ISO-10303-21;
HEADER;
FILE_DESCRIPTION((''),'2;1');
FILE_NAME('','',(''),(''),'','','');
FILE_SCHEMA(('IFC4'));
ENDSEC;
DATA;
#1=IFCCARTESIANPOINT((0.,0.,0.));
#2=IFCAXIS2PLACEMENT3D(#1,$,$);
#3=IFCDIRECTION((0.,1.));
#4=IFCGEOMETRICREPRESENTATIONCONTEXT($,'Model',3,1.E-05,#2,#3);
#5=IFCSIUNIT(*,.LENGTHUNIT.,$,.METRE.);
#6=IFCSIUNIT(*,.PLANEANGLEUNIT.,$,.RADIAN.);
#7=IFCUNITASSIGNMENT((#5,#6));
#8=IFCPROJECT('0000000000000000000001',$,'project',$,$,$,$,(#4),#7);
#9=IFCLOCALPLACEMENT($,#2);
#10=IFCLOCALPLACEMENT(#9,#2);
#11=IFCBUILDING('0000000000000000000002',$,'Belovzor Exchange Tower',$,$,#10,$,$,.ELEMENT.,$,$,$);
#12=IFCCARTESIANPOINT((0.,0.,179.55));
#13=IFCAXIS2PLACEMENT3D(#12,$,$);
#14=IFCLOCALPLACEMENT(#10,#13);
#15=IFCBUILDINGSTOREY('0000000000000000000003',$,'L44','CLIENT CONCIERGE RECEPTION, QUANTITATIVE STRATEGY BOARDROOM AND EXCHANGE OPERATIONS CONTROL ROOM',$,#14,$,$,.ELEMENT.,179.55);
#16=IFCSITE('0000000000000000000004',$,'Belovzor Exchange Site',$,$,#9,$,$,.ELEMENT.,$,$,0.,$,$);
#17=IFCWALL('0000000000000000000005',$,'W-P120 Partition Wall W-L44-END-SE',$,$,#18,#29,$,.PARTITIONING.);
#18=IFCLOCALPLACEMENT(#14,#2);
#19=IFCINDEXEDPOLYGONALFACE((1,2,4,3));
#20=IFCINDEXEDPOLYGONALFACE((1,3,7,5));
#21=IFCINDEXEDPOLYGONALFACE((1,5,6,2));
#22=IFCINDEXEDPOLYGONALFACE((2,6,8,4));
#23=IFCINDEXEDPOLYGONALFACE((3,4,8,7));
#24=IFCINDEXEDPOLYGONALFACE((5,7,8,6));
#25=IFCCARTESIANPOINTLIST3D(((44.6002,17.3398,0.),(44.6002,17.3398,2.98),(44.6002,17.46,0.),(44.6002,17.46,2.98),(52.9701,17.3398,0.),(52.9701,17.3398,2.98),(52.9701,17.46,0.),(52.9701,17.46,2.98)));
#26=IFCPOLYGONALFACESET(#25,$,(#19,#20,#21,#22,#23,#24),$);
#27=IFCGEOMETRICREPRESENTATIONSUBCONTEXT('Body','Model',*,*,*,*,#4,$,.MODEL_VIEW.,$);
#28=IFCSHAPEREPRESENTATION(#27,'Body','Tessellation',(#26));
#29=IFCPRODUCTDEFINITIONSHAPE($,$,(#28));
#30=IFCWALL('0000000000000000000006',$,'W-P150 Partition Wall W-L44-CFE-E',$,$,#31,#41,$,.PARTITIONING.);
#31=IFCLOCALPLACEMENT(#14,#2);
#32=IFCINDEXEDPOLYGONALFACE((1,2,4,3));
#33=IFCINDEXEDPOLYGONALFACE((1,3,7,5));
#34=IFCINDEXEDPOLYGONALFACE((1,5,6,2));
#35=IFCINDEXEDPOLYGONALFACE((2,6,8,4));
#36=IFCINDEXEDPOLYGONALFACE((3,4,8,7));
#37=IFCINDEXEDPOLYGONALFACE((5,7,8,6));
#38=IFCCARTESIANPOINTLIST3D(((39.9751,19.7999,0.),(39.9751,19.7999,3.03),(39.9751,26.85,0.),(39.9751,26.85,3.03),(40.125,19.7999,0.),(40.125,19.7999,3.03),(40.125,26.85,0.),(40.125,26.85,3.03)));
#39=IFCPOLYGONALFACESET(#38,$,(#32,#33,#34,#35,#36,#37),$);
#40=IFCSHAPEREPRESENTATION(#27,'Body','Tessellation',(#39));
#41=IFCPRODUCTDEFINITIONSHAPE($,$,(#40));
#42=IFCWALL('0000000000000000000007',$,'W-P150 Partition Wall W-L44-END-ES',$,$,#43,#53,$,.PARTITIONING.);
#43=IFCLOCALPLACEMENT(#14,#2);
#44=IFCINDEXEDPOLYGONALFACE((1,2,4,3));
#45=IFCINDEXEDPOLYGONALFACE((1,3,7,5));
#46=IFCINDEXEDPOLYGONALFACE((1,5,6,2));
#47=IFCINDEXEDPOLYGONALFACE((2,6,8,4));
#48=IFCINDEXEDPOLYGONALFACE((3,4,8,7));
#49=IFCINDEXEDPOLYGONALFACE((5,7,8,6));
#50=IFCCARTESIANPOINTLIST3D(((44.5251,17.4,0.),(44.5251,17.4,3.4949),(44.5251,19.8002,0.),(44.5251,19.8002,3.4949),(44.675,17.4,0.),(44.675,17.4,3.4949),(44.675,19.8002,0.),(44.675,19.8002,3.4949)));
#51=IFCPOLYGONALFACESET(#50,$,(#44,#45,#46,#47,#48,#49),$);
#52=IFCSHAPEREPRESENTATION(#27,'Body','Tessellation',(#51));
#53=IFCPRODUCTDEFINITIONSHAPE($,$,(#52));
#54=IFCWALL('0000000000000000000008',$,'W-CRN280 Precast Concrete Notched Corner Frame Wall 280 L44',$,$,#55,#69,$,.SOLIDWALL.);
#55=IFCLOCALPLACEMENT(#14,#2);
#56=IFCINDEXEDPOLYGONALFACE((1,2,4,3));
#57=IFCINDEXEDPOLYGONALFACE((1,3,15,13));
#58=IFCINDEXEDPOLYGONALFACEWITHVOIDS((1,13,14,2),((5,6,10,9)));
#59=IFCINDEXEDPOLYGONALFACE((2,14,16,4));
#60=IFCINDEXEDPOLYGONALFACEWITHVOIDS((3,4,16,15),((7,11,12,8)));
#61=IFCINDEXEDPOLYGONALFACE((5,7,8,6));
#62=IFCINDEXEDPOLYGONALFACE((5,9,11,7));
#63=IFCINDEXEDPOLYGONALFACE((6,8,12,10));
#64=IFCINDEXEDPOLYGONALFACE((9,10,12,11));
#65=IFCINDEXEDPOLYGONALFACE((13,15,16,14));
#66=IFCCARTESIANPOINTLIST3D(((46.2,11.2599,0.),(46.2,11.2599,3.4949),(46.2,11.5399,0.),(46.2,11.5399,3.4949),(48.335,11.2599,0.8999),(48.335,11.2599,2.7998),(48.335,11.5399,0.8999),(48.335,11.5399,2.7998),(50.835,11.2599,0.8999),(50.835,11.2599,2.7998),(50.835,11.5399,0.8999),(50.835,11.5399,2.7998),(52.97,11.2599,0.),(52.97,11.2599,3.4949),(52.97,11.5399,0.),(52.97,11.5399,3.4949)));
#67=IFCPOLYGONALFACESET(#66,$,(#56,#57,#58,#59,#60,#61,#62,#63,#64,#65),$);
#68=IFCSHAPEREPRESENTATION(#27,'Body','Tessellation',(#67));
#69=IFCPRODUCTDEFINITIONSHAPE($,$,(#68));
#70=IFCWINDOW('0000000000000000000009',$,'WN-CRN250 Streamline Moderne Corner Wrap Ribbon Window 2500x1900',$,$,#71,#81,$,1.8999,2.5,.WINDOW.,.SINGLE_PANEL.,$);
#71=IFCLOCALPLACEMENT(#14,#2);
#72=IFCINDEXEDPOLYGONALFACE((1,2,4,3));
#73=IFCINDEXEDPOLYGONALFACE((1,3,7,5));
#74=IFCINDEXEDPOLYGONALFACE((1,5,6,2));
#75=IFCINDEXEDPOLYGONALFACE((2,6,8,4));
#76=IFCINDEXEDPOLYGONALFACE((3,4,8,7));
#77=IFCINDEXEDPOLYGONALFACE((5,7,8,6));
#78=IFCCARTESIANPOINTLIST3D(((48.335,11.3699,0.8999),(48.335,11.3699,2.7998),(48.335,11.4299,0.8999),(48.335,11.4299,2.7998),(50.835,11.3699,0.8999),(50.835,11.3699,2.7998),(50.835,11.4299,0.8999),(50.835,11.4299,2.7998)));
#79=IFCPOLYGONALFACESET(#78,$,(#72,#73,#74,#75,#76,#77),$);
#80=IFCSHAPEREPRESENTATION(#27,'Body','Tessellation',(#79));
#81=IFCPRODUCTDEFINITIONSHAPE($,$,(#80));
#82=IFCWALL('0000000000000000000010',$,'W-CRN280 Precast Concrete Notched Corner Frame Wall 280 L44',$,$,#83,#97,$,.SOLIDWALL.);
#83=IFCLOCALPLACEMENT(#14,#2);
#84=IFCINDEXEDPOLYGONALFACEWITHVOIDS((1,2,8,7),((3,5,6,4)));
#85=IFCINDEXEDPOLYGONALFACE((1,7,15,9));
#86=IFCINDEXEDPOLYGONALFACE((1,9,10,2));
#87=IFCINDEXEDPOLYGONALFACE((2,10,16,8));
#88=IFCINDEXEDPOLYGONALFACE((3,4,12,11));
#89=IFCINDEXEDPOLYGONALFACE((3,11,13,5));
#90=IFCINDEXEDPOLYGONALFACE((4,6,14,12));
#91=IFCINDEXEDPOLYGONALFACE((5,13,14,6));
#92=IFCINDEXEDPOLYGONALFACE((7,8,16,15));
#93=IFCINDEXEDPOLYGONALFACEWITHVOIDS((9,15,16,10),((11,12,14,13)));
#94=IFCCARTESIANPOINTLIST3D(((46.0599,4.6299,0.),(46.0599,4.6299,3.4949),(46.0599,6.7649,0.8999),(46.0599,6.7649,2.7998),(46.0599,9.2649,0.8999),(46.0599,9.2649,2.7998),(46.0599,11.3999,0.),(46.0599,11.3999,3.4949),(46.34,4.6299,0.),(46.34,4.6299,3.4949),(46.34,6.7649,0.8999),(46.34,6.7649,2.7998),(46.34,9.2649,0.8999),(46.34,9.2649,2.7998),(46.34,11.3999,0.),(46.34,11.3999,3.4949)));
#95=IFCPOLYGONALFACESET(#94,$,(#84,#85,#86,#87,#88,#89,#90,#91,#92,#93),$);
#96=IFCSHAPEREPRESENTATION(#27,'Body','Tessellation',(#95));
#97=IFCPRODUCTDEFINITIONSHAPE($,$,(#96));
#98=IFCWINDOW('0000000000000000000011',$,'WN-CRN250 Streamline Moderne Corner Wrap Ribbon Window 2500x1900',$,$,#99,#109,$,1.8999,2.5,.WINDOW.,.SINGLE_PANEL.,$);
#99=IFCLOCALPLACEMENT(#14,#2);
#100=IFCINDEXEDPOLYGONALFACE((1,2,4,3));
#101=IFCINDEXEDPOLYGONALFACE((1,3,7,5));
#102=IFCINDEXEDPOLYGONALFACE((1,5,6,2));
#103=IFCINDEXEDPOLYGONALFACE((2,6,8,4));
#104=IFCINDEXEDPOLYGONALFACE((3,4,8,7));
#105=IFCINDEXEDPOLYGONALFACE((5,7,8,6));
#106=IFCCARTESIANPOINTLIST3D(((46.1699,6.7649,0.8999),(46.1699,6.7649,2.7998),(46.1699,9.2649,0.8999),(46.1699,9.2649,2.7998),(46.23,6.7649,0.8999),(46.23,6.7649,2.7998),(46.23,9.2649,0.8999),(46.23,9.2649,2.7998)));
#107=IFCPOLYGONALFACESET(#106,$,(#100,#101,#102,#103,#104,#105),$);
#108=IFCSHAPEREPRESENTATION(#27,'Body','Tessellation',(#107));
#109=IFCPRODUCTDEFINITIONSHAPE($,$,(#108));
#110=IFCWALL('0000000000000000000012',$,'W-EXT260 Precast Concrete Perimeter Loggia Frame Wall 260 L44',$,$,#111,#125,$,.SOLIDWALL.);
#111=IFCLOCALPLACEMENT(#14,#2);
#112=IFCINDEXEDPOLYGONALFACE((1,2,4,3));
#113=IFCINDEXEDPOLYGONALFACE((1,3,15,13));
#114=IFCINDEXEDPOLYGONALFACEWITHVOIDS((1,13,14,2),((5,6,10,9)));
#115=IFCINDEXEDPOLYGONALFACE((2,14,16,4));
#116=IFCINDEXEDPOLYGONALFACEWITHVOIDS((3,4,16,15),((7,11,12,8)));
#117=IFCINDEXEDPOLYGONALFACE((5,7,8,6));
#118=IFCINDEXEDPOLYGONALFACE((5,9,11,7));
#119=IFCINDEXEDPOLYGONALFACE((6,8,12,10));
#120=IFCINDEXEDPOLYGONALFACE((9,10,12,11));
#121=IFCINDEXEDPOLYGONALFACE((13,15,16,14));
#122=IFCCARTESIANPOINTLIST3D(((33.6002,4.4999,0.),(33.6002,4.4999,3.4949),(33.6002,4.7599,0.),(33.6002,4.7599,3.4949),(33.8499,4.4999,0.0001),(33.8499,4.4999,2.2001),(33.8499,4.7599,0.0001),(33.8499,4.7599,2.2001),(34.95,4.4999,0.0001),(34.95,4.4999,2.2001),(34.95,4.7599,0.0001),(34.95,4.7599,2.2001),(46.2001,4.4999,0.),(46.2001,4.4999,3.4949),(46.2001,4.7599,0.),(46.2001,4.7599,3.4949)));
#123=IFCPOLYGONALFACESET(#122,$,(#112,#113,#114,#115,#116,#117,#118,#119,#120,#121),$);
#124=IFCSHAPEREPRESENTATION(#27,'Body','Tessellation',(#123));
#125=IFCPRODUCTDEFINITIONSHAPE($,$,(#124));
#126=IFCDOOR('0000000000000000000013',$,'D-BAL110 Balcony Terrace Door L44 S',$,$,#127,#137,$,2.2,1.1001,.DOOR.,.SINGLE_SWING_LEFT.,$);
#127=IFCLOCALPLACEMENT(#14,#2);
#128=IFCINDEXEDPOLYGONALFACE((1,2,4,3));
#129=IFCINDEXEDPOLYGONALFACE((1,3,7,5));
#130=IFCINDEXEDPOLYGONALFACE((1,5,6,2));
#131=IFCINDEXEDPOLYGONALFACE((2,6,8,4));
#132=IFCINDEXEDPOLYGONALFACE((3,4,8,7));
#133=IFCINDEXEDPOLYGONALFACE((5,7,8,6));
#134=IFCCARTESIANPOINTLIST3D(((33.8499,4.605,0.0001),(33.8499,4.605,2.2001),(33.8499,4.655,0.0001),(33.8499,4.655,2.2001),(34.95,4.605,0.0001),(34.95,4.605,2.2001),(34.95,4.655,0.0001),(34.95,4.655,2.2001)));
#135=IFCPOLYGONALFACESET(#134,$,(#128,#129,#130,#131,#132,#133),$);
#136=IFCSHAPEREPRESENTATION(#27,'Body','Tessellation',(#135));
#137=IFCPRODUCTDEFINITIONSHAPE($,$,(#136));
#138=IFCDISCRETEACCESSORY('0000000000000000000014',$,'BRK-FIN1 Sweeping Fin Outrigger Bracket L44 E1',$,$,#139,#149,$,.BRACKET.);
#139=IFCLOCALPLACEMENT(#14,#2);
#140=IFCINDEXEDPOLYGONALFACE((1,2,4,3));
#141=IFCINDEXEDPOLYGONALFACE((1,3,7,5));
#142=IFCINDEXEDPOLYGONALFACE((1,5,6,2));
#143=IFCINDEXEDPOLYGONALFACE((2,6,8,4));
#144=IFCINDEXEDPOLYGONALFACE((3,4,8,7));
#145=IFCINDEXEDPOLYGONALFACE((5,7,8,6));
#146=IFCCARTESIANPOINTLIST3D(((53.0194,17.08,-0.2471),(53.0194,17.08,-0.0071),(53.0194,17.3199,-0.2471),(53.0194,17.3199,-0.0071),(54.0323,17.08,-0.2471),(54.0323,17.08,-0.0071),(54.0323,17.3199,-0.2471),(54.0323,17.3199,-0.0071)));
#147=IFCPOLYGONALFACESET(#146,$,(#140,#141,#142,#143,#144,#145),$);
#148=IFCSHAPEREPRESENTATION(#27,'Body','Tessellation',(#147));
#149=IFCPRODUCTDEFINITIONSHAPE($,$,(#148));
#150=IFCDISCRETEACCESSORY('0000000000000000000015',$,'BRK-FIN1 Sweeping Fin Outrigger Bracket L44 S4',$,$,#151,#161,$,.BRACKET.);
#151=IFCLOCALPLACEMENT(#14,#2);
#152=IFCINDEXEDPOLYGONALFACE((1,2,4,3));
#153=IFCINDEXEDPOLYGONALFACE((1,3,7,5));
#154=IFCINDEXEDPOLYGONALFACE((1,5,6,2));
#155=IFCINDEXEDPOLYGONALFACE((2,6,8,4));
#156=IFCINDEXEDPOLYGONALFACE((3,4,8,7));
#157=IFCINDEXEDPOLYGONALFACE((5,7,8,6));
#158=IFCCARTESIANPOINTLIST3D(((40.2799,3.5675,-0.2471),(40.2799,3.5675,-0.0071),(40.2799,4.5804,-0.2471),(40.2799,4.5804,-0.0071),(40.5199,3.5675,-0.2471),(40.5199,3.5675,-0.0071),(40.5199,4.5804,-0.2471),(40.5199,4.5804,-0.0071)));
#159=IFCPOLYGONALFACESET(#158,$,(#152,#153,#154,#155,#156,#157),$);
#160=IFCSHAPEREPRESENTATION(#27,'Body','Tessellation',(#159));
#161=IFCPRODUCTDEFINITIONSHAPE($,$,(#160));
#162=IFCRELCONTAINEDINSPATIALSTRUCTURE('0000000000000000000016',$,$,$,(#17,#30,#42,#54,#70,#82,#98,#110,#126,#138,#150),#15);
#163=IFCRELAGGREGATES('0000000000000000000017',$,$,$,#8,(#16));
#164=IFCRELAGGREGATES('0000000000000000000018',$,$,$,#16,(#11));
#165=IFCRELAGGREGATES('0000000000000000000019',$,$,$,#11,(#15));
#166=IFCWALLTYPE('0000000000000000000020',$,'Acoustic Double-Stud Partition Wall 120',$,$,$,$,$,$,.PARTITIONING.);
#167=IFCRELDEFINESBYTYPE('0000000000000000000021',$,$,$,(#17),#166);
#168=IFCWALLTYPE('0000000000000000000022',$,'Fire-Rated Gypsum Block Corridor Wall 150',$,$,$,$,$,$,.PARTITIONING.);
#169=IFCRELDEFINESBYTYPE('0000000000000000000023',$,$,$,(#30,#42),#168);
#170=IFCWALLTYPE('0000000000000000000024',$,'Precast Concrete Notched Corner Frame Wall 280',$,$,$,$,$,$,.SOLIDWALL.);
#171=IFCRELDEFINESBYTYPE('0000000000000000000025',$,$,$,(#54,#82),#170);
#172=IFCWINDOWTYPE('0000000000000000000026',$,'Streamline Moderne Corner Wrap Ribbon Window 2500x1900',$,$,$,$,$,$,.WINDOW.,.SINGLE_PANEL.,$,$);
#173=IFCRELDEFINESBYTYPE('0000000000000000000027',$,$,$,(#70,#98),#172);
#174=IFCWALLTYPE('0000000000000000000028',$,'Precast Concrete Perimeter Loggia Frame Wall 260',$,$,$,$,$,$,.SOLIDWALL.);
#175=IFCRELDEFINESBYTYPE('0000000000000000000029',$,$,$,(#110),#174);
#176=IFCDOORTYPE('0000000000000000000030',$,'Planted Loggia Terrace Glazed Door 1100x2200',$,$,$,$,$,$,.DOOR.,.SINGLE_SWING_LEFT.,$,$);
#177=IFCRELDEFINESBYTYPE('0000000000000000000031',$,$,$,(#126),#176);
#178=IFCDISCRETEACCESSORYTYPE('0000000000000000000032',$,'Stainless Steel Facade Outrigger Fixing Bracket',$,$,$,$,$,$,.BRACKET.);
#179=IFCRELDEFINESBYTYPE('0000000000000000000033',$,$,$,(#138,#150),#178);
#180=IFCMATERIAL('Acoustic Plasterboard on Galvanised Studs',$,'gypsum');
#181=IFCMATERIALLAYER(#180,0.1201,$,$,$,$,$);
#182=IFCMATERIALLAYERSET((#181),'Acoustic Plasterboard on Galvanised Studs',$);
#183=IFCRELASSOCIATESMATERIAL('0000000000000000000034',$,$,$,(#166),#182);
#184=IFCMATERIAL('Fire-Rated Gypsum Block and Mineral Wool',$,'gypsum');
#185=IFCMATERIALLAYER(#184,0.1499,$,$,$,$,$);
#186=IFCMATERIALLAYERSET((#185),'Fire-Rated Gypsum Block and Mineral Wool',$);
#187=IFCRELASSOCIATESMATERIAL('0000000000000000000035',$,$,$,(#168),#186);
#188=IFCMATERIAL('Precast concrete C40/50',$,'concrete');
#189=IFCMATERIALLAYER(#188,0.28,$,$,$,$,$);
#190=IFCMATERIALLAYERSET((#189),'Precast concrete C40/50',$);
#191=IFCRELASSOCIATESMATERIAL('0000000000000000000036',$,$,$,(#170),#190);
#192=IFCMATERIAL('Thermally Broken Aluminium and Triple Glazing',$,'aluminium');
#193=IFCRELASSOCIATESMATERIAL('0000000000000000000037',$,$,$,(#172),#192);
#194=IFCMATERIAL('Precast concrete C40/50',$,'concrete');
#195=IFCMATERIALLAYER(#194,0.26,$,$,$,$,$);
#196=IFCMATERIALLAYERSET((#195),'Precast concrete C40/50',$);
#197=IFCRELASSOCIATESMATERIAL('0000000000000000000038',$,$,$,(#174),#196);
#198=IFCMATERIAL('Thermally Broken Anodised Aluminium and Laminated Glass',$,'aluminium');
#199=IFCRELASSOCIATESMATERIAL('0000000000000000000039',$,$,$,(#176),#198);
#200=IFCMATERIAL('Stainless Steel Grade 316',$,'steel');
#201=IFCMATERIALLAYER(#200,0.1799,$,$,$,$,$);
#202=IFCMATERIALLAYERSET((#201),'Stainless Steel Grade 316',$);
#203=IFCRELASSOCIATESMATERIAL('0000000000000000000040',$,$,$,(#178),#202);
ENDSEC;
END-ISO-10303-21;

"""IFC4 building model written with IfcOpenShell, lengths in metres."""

from ifc_helpers import new_model, si_unit, direction, frame, frame_2d, origin, origin_2d, place, context, subcontext, project, spatial, rectangle, extrude, material, layer, layer_set, type_object, element, fill, save


model = new_model("IFC4")

# Units and contexts
model_context = context("Model", 3, precision=1e-05, world=origin(), true_north=direction((0.0, 1.0)))
body_context = subcontext(model_context, "Body", "Model", "MODEL_VIEW")
ifc_project = project(units=[si_unit("LENGTHUNIT", "METRE"), si_unit("PLANEANGLEUNIT", "RADIAN")], contexts=[model_context])

# Site, building, storey
site_placement = place(None, origin())
site = spatial("IfcSite", under=ifc_project, at=site_placement, Name="Belovzor Exchange Site", CompositionType="ELEMENT", RefElevation=0.0)
building_placement = place(site_placement, origin())
building = spatial("IfcBuilding", under=site, at=building_placement, Name="Belovzor Exchange Tower", CompositionType="ELEMENT")
storey_placement = place(building_placement, frame((0.0, 0.0, 179.55)))
storey = spatial("IfcBuildingStorey", under=building, at=storey_placement, Name="L44", Description="CLIENT CONCIERGE RECEPTION, QUANTITATIVE STRATEGY BOARDROOM AND EXCHANGE OPERATIONS CONTROL ROOM", CompositionType="ELEMENT", Elevation=179.55)

# Walls
ifc_material_1 = material(Name="Acoustic Plasterboard on Galvanised Studs", Category="gypsum")
ifc_layer_1 = layer(ifc_material_1, 0.1201)
ifc_layer_set_1 = layer_set([ifc_layer_1], Name="Acoustic Plasterboard on Galvanised Studs")
wall_type_1 = type_object("IfcWallType", Name="Acoustic Double-Stud Partition Wall 120", PredefinedType="PARTITIONING", material=ifc_layer_set_1)
wall_1_placement = place(storey_placement, frame((44.6001, 17.3999, 0.0), z_axis=(0.0, 0.0, 1.0), x_axis=(1.0, 0.0, 0.0)))
element("IfcWall", 1, at=wall_1_placement, inside=storey, type_object=wall_type_1, Name="W-P120 Partition Wall W-L44-END-SE", PredefinedType="PARTITIONING", context=body_context, shape_type="SweptSolid", body=[
    extrude(rectangle(XDim=8.3699, YDim=0.1201, at=frame_2d((4.1851, 0.0))), origin(), (0.0, 0.0, 1.0), 2.98),
])
ifc_material_2 = material(Name="Fire-Rated Gypsum Block and Mineral Wool", Category="gypsum")
ifc_layer_2 = layer(ifc_material_2, 0.1499)
ifc_layer_set_2 = layer_set([ifc_layer_2], Name="Fire-Rated Gypsum Block and Mineral Wool")
wall_type_2 = type_object("IfcWallType", Name="Fire-Rated Gypsum Block Corridor Wall 150", PredefinedType="PARTITIONING", material=ifc_layer_set_2)
wall_2_placement = place(storey_placement, frame((40.05, 19.8, 0.0), z_axis=(0.0, 0.0, 1.0), x_axis=(0.0, 1.0, 0.0)))
element("IfcWall", 2, at=wall_2_placement, inside=storey, type_object=wall_type_2, Name="W-P150 Partition Wall W-L44-CFE-E", PredefinedType="PARTITIONING", context=body_context, shape_type="SweptSolid", body=[
    extrude(rectangle(XDim=7.05, YDim=0.1499, at=frame_2d((3.5249, 0.0))), origin(), (0.0, 0.0, 1.0), 3.03),
])
wall_3_placement = place(storey_placement, frame((44.6001, 17.3999, 0.0), z_axis=(0.0, 0.0, 1.0), x_axis=(0.0, 1.0, 0.0)))
element("IfcWall", 3, at=wall_3_placement, inside=storey, type_object=wall_type_2, Name="W-P150 Partition Wall W-L44-END-ES", PredefinedType="PARTITIONING", context=body_context, shape_type="SweptSolid", body=[
    extrude(rectangle(XDim=2.4001, YDim=0.1499, at=frame_2d((1.2002, 0.0))), origin(), (0.0, 0.0, 1.0), 3.4949),
])

# Walls, openings, windows
ifc_material_3 = material(Name="Precast concrete C40/50", Category="concrete")
ifc_layer_3 = layer(ifc_material_3, 0.28)
ifc_layer_set_3 = layer_set([ifc_layer_3], Name="Precast concrete C40/50")
wall_type_3 = type_object("IfcWallType", Name="Precast Concrete Notched Corner Frame Wall 280", PredefinedType="SOLIDWALL", material=ifc_layer_set_3)
wall_4_placement = place(storey_placement, frame((52.97, 11.3999, 0.0), z_axis=(0.0, 0.0, 1.0), x_axis=(-1.0, 0.0, 0.0)))
wall_4 = element("IfcWall", 4, at=wall_4_placement, inside=storey, type_object=wall_type_3, Name="W-CRN280 Precast Concrete Notched Corner Frame Wall 280 L44", PredefinedType="SOLIDWALL", context=body_context, shape_type="SweptSolid", body=[
    extrude(rectangle(XDim=6.77, YDim=0.28, at=frame_2d((3.385, 0.0))), origin(), (0.0, 0.0, 1.0), 3.4949),
])
opening_1_placement = place(wall_4_placement, frame((2.135, 0.0, 0.8999)))
opening_1 = element("IfcOpeningElement", 5, at=opening_1_placement, cuts=wall_4, PredefinedType="OPENING", context=body_context, shape_type="SweptSolid", body=[
    extrude(rectangle(XDim=2.5, YDim=1.8999, at=frame_2d((1.25, 0.95))), frame((0.0, 0.1499, 0.0), z_axis=(0.0, -1.0, 0.0), x_axis=(1.0, 0.0, 0.0)), (0.0, 0.0, 1.0), 0.3),
])
ifc_material_4 = material(Name="Thermally Broken Aluminium and Triple Glazing", Category="aluminium")
window_type = type_object("IfcWindowType", Name="Streamline Moderne Corner Wrap Ribbon Window 2500x1900", PartitioningType="SINGLE_PANEL", PredefinedType="WINDOW", material=ifc_material_4)
window_1_placement = place(opening_1_placement, origin())
window_1 = element("IfcWindow", 6, at=window_1_placement, inside=storey, type_object=window_type, Name="WN-CRN250 Streamline Moderne Corner Wrap Ribbon Window 2500x1900", OverallHeight=1.8999, OverallWidth=2.5, PartitioningType="SINGLE_PANEL", PredefinedType="WINDOW", context=body_context, shape_type="SweptSolid", body=[
    extrude(rectangle(XDim=2.5, YDim=1.8999, at=frame_2d((1.25, 0.95))), frame((0.0, 0.03, 0.0), z_axis=(0.0, -1.0, 0.0), x_axis=(1.0, 0.0, 0.0)), (0.0, 0.0, 1.0), 0.0601),
])
fill(opening_1, window_1)
wall_5_placement = place(storey_placement, frame((46.2, 11.3999, 0.0), z_axis=(0.0, 0.0, 1.0), x_axis=(0.0, -1.0, 0.0)))
wall_5 = element("IfcWall", 7, at=wall_5_placement, inside=storey, type_object=wall_type_3, Name="W-CRN280 Precast Concrete Notched Corner Frame Wall 280 L44", PredefinedType="SOLIDWALL", context=body_context, shape_type="SweptSolid", body=[
    extrude(rectangle(XDim=6.77, YDim=0.28, at=frame_2d((3.385, 0.0))), origin(), (0.0, 0.0, 1.0), 3.4949),
])
opening_2_placement = place(wall_5_placement, frame((2.135, 0.0, 0.8999)))
opening_2 = element("IfcOpeningElement", 8, at=opening_2_placement, cuts=wall_5, PredefinedType="OPENING", context=body_context, shape_type="SweptSolid", body=[
    extrude(rectangle(XDim=2.5, YDim=1.8999, at=frame_2d((1.25, 0.95))), frame((0.0, 0.1499, 0.0), z_axis=(0.0, -1.0, 0.0), x_axis=(1.0, 0.0, 0.0)), (0.0, 0.0, 1.0), 0.3),
])
window_2_placement = place(opening_2_placement, origin())
window_2 = element("IfcWindow", 9, at=window_2_placement, inside=storey, type_object=window_type, Name="WN-CRN250 Streamline Moderne Corner Wrap Ribbon Window 2500x1900", OverallHeight=1.8999, OverallWidth=2.5, PartitioningType="SINGLE_PANEL", PredefinedType="WINDOW", context=body_context, shape_type="SweptSolid", body=[
    extrude(rectangle(XDim=2.5, YDim=1.8999, at=frame_2d((1.25, 0.95))), frame((0.0, 0.03, 0.0), z_axis=(0.0, -1.0, 0.0), x_axis=(1.0, 0.0, 0.0)), (0.0, 0.0, 1.0), 0.0601),
])
fill(opening_2, window_2)

# Wall, opening, door
ifc_material_5 = material(Name="Precast concrete C40/50", Category="concrete")
ifc_layer_4 = layer(ifc_material_5, 0.26)
ifc_layer_set_4 = layer_set([ifc_layer_4], Name="Precast concrete C40/50")
wall_type_4 = type_object("IfcWallType", Name="Precast Concrete Perimeter Loggia Frame Wall 260", PredefinedType="SOLIDWALL", material=ifc_layer_set_4)
wall_6_placement = place(storey_placement, frame((46.2, 4.6299, 0.0), z_axis=(0.0, 0.0, 1.0), x_axis=(-1.0, 0.0, 0.0)))
wall_6 = element("IfcWall", 10, at=wall_6_placement, inside=storey, type_object=wall_type_4, Name="W-EXT260 Precast Concrete Perimeter Loggia Frame Wall 260 L44", PredefinedType="SOLIDWALL", context=body_context, shape_type="SweptSolid", body=[
    extrude(rectangle(XDim=12.5999, YDim=0.26, at=frame_2d((6.2998, 0.0))), origin(), (0.0, 0.0, 1.0), 3.4949),
])
opening_3_placement = place(wall_6_placement, frame((11.25, 0.0, 0.0)))
opening_3 = element("IfcOpeningElement", 11, at=opening_3_placement, cuts=wall_6, PredefinedType="OPENING", context=body_context, shape_type="SweptSolid", body=[
    extrude(rectangle(XDim=1.1001, YDim=2.2, at=frame_2d((0.55, 1.1001))), frame((0.0, 0.1399, 0.0), z_axis=(0.0, -1.0, 0.0), x_axis=(1.0, 0.0, 0.0)), (0.0, 0.0, 1.0), 0.28),
])
ifc_material_6 = material(Name="Thermally Broken Anodised Aluminium and Laminated Glass", Category="aluminium")
door_type = type_object("IfcDoorType", Name="Planted Loggia Terrace Glazed Door 1100x2200", OperationType="SINGLE_SWING_LEFT", PredefinedType="DOOR", material=ifc_material_6)
door_placement = place(opening_3_placement, origin())
door = element("IfcDoor", 12, at=door_placement, inside=storey, type_object=door_type, Name="D-BAL110 Balcony Terrace Door L44 S", OperationType="SINGLE_SWING_LEFT", OverallHeight=2.2, OverallWidth=1.1001, PredefinedType="DOOR", context=body_context, shape_type="SweptSolid", body=[
    extrude(rectangle(XDim=1.1001, YDim=2.2, at=frame_2d((0.55, 1.1001))), frame((0.0, 0.0249, 0.0), z_axis=(0.0, -1.0, 0.0), x_axis=(1.0, 0.0, 0.0)), (0.0, 0.0, 1.0), 0.05),
])
fill(opening_3, door)

# Discrete accessories
ifc_material_7 = material(Name="Stainless Steel Grade 316", Category="steel")
ifc_layer_5 = layer(ifc_material_7, 0.1799)
ifc_layer_set_5 = layer_set([ifc_layer_5], Name="Stainless Steel Grade 316")
discrete_accessory_type = type_object("IfcDiscreteAccessoryType", Name="Stainless Steel Facade Outrigger Fixing Bracket", PredefinedType="BRACKET", material=ifc_layer_set_5)
for number, where, z_axis, x_axis, name in (
    (13, (53.5259, 17.2, -0.2471), (0.0, 0.0, 1.0), (1.0, 0.0, 0.0), "BRK-FIN1 Sweeping Fin Outrigger Bracket L44 E1"),
    (14, (40.3999, 4.074, -0.2471), (0.0, 0.0, 1.0), (0.0, 1.0, 0.0), "BRK-FIN1 Sweeping Fin Outrigger Bracket L44 S4"),
):
    element("IfcDiscreteAccessory", number, at=place(storey_placement, frame(where, z_axis=z_axis, x_axis=x_axis)), inside=storey, type_object=discrete_accessory_type, Name=name, PredefinedType="BRACKET", context=body_context, shape_type="SweptSolid", body=[
        extrude(rectangle(XDim=1.0129, YDim=0.24, at=origin_2d()), origin(), (0.0, 0.0, 1.0), 0.24),
    ])

save(model, "model.ifc")
